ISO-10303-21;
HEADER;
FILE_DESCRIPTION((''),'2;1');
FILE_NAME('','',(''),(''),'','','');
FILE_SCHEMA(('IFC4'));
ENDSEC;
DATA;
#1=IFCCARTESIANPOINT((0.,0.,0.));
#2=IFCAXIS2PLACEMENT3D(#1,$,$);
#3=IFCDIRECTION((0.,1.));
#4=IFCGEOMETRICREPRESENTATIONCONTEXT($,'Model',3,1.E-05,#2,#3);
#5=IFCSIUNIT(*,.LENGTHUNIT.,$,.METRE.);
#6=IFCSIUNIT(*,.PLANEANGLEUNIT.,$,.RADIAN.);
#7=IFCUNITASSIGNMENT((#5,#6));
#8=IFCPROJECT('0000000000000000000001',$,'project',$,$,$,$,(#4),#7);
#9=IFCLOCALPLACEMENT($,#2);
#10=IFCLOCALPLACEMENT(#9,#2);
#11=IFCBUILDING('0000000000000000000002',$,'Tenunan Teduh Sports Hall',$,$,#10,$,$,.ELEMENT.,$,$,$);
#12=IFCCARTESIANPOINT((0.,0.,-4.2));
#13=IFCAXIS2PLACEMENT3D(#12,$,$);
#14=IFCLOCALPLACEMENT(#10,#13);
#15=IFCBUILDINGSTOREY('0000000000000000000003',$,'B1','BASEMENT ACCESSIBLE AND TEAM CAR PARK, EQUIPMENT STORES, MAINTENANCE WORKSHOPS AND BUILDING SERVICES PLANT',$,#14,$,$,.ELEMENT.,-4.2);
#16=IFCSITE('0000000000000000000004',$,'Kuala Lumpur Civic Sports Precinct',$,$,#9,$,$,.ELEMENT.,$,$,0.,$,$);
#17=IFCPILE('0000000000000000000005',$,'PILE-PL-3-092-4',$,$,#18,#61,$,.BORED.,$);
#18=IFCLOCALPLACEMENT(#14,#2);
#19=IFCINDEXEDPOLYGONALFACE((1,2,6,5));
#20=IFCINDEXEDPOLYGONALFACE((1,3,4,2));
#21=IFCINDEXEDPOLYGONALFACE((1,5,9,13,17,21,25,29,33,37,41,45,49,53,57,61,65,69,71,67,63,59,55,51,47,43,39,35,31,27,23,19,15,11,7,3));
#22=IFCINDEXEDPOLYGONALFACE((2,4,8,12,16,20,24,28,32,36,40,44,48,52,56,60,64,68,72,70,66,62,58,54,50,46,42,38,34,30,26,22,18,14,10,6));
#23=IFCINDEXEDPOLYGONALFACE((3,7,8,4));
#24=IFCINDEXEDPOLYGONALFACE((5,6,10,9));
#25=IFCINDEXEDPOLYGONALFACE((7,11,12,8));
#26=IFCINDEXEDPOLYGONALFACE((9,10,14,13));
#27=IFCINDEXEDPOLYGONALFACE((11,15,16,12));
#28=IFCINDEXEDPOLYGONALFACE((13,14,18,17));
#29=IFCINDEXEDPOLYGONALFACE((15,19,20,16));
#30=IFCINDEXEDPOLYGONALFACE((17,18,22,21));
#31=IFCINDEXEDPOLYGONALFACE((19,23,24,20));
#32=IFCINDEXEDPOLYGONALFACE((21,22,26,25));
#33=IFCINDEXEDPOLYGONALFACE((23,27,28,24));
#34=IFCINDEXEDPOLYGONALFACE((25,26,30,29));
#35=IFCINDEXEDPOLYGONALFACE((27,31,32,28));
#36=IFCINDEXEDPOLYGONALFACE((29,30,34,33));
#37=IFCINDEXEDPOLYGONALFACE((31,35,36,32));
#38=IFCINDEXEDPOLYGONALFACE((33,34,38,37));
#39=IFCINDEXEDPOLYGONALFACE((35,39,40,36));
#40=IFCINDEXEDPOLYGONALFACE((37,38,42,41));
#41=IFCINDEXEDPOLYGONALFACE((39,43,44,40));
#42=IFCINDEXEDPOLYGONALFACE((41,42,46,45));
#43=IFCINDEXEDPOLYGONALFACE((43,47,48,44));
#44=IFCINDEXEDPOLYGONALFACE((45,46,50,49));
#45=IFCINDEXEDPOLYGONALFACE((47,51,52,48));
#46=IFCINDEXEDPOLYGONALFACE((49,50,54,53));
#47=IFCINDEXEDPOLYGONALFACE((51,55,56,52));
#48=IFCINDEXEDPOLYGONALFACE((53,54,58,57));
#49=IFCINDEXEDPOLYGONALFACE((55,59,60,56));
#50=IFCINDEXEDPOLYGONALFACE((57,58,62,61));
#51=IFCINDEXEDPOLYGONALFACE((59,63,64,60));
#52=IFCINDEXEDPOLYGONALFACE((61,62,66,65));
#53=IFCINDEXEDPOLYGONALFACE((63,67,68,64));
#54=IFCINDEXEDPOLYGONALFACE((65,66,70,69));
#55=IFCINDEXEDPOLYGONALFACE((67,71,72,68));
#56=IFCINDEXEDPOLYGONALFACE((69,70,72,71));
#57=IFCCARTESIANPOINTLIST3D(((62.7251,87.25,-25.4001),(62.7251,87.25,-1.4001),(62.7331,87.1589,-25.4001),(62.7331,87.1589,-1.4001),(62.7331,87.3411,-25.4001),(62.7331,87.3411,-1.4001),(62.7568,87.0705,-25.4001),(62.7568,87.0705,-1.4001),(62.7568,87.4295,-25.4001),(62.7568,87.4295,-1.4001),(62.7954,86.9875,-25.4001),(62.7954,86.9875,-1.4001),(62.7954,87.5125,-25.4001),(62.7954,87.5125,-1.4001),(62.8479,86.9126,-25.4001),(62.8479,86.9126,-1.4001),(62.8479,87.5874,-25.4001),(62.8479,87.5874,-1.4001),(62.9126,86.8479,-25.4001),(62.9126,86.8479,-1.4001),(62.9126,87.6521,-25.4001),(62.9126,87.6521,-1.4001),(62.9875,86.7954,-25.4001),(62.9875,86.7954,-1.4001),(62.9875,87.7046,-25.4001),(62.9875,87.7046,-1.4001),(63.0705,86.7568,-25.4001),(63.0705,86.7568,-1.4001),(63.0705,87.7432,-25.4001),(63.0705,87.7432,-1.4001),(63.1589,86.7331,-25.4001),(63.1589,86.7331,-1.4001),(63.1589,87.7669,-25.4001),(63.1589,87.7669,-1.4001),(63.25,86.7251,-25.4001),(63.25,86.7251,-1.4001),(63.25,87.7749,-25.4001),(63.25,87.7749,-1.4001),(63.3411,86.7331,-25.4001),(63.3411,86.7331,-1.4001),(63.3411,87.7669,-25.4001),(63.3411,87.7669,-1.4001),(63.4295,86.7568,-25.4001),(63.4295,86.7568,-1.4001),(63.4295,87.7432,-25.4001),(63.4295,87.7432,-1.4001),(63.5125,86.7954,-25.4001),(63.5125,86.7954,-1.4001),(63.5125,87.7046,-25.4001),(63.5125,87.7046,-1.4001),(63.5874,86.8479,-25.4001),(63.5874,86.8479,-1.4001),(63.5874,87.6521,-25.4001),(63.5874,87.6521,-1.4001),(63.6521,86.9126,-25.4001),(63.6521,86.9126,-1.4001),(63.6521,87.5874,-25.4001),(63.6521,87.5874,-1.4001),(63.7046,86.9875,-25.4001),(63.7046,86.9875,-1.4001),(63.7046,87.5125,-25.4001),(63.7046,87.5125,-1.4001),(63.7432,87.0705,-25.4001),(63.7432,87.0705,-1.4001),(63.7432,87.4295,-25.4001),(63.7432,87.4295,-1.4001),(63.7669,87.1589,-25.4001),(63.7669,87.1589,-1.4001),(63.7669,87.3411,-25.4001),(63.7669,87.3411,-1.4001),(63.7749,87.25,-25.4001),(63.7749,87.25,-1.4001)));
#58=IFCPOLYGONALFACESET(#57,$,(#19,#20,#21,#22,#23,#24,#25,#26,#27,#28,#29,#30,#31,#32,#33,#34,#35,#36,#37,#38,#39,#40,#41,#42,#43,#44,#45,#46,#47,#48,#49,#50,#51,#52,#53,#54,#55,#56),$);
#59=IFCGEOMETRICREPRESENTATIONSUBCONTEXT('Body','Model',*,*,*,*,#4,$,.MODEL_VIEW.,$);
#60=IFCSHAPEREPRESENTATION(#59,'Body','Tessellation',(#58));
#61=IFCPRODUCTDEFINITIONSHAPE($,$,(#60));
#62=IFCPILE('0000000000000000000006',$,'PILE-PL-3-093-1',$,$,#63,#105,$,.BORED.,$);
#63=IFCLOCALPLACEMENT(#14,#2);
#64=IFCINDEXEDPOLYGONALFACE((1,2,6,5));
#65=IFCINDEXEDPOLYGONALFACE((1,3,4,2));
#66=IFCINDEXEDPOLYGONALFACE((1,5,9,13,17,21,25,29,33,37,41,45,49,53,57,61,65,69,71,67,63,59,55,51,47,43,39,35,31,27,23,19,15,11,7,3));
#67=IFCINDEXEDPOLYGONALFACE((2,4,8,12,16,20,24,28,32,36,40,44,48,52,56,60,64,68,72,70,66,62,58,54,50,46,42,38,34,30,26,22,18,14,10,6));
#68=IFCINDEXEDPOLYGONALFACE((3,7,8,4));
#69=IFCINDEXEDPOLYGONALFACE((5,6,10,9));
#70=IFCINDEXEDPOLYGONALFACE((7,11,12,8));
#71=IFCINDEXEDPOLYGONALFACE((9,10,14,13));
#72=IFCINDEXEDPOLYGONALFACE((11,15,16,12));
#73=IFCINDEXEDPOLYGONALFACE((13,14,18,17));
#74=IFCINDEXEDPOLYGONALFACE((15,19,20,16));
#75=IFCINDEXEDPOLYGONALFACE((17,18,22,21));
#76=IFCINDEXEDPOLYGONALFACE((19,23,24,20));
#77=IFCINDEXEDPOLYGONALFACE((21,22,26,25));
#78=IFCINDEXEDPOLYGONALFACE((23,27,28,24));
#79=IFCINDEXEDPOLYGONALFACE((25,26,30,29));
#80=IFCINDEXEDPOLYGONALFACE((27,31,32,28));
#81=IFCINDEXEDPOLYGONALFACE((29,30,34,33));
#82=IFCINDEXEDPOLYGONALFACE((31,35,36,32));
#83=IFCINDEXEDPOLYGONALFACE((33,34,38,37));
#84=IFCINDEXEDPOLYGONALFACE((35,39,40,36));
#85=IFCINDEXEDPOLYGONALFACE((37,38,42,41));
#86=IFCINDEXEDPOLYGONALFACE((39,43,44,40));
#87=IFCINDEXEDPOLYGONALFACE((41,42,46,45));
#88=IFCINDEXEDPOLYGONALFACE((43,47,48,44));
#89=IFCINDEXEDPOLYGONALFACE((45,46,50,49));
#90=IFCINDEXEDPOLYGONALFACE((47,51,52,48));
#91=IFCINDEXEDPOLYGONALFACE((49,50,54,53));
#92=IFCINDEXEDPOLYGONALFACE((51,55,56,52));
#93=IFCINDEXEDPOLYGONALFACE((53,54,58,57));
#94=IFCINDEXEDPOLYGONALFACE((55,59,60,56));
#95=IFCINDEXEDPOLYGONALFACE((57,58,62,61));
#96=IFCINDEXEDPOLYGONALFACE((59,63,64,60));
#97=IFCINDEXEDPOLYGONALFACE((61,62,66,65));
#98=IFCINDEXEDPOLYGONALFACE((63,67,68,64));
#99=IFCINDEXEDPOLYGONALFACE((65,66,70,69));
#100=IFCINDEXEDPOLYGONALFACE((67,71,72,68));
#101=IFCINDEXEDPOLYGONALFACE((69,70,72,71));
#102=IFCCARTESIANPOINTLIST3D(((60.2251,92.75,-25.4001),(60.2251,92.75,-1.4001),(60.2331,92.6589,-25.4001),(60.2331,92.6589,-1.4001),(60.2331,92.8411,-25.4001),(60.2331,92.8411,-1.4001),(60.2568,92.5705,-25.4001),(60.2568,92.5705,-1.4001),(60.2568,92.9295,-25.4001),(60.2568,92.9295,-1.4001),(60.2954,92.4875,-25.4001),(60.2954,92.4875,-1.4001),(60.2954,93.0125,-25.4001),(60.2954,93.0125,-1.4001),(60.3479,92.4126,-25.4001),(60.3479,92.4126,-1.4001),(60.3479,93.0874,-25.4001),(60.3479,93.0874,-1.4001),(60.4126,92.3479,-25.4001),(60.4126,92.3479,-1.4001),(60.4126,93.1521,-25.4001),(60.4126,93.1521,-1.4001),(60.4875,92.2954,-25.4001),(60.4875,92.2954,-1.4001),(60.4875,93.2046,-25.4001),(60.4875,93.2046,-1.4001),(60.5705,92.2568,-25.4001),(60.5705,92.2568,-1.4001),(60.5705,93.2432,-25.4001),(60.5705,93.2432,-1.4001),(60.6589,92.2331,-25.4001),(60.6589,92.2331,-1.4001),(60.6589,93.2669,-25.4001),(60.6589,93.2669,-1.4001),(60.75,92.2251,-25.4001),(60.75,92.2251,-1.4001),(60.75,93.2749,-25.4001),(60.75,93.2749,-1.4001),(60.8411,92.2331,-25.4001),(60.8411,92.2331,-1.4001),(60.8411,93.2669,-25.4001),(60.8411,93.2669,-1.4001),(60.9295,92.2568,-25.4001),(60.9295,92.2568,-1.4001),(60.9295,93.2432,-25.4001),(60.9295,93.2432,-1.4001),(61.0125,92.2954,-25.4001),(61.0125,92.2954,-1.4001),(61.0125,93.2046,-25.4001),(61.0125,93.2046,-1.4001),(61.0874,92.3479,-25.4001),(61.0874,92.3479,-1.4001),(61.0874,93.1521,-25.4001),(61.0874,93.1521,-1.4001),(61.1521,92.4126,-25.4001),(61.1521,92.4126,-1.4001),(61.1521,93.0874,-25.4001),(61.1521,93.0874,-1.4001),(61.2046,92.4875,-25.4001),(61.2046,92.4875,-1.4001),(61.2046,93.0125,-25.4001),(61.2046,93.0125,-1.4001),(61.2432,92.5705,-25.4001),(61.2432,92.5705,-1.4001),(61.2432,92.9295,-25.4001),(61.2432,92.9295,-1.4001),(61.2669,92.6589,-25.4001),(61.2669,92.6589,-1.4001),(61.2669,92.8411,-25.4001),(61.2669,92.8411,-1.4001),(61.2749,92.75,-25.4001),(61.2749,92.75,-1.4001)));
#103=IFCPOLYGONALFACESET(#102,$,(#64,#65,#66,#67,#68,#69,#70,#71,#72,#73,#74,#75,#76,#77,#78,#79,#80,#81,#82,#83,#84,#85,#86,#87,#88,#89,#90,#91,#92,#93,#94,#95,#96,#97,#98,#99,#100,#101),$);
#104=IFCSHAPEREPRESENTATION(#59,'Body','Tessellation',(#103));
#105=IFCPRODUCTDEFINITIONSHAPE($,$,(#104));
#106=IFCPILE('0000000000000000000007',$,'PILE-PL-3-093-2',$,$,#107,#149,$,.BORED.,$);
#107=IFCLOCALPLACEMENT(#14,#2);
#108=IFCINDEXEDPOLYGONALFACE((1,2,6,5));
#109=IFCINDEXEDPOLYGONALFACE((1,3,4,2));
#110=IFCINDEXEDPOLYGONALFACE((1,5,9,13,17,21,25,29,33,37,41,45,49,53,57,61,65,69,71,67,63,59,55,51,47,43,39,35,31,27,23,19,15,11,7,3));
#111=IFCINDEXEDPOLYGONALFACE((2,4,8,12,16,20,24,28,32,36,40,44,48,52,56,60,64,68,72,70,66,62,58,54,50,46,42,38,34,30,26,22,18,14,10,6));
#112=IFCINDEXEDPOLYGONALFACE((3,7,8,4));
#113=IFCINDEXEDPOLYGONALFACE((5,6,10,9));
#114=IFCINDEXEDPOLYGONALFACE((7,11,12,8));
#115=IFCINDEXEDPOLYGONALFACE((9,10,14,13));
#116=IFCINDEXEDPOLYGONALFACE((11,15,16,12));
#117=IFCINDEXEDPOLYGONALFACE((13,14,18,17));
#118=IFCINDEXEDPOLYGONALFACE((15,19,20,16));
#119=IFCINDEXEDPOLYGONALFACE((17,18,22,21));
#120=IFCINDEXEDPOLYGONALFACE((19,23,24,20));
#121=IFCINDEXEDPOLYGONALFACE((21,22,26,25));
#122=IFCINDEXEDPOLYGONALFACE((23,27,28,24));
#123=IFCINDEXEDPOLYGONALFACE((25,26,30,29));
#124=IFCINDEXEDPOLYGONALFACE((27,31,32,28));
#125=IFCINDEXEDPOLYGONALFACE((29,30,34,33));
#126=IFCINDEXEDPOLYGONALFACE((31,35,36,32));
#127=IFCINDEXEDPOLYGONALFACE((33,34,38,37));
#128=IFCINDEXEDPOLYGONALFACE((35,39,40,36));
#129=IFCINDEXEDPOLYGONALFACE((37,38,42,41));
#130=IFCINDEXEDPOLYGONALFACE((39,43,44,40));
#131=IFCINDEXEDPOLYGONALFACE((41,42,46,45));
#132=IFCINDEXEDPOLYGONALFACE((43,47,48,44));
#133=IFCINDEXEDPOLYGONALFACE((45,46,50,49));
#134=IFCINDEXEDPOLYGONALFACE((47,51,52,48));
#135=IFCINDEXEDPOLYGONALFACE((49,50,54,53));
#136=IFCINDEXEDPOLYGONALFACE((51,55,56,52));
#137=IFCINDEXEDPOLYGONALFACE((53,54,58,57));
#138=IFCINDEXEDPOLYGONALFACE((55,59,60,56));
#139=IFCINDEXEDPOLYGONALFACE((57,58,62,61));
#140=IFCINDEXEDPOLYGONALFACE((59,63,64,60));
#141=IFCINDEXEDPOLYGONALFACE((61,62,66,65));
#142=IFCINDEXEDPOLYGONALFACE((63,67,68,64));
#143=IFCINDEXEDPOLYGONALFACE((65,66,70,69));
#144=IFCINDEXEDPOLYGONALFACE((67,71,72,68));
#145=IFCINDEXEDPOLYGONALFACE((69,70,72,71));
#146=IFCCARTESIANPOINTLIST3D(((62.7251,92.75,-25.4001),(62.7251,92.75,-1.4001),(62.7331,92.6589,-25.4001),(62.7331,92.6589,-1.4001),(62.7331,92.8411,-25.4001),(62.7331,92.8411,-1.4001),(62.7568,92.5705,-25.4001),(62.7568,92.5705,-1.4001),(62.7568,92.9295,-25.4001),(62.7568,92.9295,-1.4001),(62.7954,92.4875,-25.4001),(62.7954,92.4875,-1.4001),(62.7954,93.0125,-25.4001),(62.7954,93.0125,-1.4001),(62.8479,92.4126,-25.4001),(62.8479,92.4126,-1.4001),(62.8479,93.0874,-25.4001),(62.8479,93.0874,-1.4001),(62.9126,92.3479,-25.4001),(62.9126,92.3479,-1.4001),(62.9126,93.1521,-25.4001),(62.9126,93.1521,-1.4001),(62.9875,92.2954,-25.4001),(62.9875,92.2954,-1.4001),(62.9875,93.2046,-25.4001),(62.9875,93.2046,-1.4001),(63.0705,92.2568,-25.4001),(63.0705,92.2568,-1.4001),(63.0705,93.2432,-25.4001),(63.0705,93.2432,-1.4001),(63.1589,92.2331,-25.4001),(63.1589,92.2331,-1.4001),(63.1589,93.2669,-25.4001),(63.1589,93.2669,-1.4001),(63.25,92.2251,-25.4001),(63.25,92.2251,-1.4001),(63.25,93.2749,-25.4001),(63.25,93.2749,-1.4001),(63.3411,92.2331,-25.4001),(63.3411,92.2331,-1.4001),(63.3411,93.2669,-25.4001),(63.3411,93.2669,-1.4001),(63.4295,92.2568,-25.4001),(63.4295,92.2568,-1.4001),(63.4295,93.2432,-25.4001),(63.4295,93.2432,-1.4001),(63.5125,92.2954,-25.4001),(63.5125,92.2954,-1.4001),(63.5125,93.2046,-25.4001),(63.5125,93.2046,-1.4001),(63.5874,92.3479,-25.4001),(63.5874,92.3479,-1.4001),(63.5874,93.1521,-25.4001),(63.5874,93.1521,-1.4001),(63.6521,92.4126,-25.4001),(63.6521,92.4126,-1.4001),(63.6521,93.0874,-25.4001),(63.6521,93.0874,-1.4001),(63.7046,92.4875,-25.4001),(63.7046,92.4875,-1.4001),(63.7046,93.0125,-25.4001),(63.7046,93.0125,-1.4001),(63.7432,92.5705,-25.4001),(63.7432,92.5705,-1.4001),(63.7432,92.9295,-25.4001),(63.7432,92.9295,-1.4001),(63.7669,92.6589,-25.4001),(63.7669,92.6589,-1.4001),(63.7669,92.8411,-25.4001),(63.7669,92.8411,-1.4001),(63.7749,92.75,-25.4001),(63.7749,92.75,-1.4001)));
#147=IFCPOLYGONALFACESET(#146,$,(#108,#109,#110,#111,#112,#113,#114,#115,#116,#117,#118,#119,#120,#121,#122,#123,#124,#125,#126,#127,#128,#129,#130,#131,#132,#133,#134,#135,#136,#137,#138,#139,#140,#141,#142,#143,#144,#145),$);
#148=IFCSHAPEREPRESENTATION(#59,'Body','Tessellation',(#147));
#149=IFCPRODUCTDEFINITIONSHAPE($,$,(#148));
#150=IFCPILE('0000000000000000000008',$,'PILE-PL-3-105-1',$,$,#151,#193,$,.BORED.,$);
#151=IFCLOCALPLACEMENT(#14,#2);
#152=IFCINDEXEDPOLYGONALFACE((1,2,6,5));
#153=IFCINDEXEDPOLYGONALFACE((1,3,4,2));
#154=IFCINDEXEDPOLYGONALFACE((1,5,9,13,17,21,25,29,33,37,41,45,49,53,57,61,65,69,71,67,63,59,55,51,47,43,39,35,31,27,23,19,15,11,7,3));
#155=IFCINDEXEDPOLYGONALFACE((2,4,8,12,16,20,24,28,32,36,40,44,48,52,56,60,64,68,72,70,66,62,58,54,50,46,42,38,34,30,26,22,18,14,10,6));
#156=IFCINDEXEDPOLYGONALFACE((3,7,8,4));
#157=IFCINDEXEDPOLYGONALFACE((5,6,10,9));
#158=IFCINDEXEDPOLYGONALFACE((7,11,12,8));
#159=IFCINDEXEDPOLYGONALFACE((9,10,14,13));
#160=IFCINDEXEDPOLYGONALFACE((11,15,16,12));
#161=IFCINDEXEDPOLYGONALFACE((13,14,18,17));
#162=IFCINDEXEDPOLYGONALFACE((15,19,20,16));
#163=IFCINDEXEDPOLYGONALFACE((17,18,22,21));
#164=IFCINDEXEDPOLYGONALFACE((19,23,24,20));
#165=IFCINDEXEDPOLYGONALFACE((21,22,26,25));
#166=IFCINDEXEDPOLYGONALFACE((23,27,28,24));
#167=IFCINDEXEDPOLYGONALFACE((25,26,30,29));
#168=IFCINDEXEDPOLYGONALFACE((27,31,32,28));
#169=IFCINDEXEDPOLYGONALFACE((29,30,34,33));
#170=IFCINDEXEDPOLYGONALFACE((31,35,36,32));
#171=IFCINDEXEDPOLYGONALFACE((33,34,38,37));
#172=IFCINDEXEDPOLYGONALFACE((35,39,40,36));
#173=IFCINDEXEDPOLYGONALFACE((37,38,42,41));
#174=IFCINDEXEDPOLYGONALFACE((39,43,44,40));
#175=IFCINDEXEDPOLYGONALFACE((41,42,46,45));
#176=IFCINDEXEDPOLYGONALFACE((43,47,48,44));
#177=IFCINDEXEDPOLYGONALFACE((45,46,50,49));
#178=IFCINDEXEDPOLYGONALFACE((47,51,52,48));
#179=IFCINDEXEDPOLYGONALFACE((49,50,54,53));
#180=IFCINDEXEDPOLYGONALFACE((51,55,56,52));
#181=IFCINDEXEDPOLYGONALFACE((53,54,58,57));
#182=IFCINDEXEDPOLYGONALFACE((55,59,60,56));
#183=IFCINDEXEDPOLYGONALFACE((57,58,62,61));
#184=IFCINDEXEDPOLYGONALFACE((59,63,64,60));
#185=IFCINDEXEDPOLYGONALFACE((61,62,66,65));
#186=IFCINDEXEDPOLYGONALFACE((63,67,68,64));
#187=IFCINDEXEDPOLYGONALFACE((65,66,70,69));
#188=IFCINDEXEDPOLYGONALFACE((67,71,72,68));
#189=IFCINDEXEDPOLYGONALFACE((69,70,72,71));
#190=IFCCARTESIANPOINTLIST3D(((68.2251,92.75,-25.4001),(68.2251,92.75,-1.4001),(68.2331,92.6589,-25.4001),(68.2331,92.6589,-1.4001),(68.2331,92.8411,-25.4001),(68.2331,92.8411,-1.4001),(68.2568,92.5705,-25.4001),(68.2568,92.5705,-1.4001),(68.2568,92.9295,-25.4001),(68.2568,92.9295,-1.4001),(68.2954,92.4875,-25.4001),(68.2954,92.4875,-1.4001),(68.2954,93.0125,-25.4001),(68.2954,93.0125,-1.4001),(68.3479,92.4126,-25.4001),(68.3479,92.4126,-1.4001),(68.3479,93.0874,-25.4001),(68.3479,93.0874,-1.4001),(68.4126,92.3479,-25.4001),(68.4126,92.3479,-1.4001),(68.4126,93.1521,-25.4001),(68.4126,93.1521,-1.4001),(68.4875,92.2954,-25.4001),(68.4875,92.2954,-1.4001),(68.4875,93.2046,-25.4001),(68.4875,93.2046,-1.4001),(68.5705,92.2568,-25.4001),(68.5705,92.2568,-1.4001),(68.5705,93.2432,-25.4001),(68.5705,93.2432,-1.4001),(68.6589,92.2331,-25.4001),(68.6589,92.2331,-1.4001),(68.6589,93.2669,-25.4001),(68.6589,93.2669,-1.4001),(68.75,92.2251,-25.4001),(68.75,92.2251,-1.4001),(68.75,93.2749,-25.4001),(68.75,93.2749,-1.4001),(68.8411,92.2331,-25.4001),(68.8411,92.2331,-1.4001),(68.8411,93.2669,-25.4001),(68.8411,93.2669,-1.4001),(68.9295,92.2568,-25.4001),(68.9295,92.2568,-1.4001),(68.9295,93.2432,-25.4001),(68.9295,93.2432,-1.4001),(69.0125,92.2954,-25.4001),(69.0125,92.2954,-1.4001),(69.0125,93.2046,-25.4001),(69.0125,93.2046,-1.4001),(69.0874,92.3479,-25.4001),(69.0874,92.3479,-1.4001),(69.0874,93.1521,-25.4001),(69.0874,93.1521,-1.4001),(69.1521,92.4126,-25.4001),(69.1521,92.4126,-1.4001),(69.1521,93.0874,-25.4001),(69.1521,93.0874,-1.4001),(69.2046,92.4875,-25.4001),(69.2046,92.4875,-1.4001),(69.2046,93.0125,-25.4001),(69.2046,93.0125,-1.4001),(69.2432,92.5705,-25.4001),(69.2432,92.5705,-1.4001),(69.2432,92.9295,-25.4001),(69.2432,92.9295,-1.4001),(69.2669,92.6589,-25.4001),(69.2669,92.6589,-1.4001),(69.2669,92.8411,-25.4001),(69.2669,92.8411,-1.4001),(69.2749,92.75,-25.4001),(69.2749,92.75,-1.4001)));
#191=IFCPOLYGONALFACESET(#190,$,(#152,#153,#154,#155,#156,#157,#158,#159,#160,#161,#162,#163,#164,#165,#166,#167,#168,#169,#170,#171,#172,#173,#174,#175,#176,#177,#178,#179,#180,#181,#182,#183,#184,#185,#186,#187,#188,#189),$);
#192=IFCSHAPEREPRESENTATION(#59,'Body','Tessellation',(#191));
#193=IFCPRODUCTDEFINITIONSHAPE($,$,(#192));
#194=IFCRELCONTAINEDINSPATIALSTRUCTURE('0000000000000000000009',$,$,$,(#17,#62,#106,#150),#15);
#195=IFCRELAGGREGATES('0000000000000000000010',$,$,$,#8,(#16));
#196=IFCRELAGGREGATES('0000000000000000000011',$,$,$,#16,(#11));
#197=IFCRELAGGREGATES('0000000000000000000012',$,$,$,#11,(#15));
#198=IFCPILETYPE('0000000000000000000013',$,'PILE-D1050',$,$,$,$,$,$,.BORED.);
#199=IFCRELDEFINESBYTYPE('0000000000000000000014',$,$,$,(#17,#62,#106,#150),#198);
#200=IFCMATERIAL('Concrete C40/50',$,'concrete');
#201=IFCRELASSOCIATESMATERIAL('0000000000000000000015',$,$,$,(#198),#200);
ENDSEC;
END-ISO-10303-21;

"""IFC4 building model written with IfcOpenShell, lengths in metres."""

from ifc_helpers import new_model, si_unit, direction, frame, origin, origin_2d, place, context, subcontext, project, spatial, circle, extrude, material, material_profile, profile_set, type_object, element, save


model = new_model("IFC4")

# Units and contexts
model_context = context("Model", 3, precision=1e-05, world=origin(), true_north=direction((0.0, 1.0)))
body_context = subcontext(model_context, "Body", "Model", "MODEL_VIEW")
ifc_project = project(units=[si_unit("LENGTHUNIT", "METRE"), si_unit("PLANEANGLEUNIT", "RADIAN")], contexts=[model_context])

# Site, building, storey
site_placement = place(None, origin())
site = spatial("IfcSite", under=ifc_project, at=site_placement, Name="Kuala Lumpur Civic Sports Precinct", CompositionType="ELEMENT", RefElevation=0.0)
building_placement = place(site_placement, origin())
building = spatial("IfcBuilding", under=site, at=building_placement, Name="Tenunan Teduh Sports Hall", CompositionType="ELEMENT")
storey_placement = place(building_placement, frame((0.0, 0.0, -4.2)))
storey = spatial("IfcBuildingStorey", under=building, at=storey_placement, Name="B1", Description="BASEMENT ACCESSIBLE AND TEAM CAR PARK, EQUIPMENT STORES, MAINTENANCE WORKSHOPS AND BUILDING SERVICES PLANT", CompositionType="ELEMENT", Elevation=-4.2)

# Piles
ifc_material_1 = material(Name="Concrete C40/50", Category="concrete")
ifc_material_profile_1 = material_profile(ifc_material_1, circle(Radius=0.5249, at=origin_2d()), Name="PILE D1050")
ifc_profile_set_1 = profile_set([ifc_material_profile_1], Name="Concrete C40/50")
pile_type_1 = type_object("IfcPileType", Name="PILE-D1050", PredefinedType="BORED", material=ifc_profile_set_1)
for number, where, z_axis, x_axis, name in (
    (1, (63.25, 87.25, -1.4001), (0.0, 0.0, -1.0), (1.0, 0.0, 0.0), "PILE-PL-3-092-4"),
    (2, (60.75, 92.75, -1.4001), (0.0, 0.0, -1.0), (1.0, 0.0, 0.0), "PILE-PL-3-093-1"),
    (3, (63.25, 92.75, -1.4001), (0.0, 0.0, -1.0), (1.0, 0.0, 0.0), "PILE-PL-3-093-2"),
    (4, (68.75, 92.75, -1.4001), (0.0, 0.0, -1.0), (1.0, 0.0, 0.0), "PILE-PL-3-105-1"),
):
    element("IfcPile", number, at=place(storey_placement, frame(where, z_axis=z_axis, x_axis=x_axis)), inside=storey, type_object=pile_type_1, Name=name, PredefinedType="BORED", context=body_context, shape_type="SweptSolid", body=[
        extrude(circle(Radius=0.5249, at=origin_2d()), origin(), (0.0, 0.0, 1.0), 24.0),
    ])

save(model, "model.ifc")
